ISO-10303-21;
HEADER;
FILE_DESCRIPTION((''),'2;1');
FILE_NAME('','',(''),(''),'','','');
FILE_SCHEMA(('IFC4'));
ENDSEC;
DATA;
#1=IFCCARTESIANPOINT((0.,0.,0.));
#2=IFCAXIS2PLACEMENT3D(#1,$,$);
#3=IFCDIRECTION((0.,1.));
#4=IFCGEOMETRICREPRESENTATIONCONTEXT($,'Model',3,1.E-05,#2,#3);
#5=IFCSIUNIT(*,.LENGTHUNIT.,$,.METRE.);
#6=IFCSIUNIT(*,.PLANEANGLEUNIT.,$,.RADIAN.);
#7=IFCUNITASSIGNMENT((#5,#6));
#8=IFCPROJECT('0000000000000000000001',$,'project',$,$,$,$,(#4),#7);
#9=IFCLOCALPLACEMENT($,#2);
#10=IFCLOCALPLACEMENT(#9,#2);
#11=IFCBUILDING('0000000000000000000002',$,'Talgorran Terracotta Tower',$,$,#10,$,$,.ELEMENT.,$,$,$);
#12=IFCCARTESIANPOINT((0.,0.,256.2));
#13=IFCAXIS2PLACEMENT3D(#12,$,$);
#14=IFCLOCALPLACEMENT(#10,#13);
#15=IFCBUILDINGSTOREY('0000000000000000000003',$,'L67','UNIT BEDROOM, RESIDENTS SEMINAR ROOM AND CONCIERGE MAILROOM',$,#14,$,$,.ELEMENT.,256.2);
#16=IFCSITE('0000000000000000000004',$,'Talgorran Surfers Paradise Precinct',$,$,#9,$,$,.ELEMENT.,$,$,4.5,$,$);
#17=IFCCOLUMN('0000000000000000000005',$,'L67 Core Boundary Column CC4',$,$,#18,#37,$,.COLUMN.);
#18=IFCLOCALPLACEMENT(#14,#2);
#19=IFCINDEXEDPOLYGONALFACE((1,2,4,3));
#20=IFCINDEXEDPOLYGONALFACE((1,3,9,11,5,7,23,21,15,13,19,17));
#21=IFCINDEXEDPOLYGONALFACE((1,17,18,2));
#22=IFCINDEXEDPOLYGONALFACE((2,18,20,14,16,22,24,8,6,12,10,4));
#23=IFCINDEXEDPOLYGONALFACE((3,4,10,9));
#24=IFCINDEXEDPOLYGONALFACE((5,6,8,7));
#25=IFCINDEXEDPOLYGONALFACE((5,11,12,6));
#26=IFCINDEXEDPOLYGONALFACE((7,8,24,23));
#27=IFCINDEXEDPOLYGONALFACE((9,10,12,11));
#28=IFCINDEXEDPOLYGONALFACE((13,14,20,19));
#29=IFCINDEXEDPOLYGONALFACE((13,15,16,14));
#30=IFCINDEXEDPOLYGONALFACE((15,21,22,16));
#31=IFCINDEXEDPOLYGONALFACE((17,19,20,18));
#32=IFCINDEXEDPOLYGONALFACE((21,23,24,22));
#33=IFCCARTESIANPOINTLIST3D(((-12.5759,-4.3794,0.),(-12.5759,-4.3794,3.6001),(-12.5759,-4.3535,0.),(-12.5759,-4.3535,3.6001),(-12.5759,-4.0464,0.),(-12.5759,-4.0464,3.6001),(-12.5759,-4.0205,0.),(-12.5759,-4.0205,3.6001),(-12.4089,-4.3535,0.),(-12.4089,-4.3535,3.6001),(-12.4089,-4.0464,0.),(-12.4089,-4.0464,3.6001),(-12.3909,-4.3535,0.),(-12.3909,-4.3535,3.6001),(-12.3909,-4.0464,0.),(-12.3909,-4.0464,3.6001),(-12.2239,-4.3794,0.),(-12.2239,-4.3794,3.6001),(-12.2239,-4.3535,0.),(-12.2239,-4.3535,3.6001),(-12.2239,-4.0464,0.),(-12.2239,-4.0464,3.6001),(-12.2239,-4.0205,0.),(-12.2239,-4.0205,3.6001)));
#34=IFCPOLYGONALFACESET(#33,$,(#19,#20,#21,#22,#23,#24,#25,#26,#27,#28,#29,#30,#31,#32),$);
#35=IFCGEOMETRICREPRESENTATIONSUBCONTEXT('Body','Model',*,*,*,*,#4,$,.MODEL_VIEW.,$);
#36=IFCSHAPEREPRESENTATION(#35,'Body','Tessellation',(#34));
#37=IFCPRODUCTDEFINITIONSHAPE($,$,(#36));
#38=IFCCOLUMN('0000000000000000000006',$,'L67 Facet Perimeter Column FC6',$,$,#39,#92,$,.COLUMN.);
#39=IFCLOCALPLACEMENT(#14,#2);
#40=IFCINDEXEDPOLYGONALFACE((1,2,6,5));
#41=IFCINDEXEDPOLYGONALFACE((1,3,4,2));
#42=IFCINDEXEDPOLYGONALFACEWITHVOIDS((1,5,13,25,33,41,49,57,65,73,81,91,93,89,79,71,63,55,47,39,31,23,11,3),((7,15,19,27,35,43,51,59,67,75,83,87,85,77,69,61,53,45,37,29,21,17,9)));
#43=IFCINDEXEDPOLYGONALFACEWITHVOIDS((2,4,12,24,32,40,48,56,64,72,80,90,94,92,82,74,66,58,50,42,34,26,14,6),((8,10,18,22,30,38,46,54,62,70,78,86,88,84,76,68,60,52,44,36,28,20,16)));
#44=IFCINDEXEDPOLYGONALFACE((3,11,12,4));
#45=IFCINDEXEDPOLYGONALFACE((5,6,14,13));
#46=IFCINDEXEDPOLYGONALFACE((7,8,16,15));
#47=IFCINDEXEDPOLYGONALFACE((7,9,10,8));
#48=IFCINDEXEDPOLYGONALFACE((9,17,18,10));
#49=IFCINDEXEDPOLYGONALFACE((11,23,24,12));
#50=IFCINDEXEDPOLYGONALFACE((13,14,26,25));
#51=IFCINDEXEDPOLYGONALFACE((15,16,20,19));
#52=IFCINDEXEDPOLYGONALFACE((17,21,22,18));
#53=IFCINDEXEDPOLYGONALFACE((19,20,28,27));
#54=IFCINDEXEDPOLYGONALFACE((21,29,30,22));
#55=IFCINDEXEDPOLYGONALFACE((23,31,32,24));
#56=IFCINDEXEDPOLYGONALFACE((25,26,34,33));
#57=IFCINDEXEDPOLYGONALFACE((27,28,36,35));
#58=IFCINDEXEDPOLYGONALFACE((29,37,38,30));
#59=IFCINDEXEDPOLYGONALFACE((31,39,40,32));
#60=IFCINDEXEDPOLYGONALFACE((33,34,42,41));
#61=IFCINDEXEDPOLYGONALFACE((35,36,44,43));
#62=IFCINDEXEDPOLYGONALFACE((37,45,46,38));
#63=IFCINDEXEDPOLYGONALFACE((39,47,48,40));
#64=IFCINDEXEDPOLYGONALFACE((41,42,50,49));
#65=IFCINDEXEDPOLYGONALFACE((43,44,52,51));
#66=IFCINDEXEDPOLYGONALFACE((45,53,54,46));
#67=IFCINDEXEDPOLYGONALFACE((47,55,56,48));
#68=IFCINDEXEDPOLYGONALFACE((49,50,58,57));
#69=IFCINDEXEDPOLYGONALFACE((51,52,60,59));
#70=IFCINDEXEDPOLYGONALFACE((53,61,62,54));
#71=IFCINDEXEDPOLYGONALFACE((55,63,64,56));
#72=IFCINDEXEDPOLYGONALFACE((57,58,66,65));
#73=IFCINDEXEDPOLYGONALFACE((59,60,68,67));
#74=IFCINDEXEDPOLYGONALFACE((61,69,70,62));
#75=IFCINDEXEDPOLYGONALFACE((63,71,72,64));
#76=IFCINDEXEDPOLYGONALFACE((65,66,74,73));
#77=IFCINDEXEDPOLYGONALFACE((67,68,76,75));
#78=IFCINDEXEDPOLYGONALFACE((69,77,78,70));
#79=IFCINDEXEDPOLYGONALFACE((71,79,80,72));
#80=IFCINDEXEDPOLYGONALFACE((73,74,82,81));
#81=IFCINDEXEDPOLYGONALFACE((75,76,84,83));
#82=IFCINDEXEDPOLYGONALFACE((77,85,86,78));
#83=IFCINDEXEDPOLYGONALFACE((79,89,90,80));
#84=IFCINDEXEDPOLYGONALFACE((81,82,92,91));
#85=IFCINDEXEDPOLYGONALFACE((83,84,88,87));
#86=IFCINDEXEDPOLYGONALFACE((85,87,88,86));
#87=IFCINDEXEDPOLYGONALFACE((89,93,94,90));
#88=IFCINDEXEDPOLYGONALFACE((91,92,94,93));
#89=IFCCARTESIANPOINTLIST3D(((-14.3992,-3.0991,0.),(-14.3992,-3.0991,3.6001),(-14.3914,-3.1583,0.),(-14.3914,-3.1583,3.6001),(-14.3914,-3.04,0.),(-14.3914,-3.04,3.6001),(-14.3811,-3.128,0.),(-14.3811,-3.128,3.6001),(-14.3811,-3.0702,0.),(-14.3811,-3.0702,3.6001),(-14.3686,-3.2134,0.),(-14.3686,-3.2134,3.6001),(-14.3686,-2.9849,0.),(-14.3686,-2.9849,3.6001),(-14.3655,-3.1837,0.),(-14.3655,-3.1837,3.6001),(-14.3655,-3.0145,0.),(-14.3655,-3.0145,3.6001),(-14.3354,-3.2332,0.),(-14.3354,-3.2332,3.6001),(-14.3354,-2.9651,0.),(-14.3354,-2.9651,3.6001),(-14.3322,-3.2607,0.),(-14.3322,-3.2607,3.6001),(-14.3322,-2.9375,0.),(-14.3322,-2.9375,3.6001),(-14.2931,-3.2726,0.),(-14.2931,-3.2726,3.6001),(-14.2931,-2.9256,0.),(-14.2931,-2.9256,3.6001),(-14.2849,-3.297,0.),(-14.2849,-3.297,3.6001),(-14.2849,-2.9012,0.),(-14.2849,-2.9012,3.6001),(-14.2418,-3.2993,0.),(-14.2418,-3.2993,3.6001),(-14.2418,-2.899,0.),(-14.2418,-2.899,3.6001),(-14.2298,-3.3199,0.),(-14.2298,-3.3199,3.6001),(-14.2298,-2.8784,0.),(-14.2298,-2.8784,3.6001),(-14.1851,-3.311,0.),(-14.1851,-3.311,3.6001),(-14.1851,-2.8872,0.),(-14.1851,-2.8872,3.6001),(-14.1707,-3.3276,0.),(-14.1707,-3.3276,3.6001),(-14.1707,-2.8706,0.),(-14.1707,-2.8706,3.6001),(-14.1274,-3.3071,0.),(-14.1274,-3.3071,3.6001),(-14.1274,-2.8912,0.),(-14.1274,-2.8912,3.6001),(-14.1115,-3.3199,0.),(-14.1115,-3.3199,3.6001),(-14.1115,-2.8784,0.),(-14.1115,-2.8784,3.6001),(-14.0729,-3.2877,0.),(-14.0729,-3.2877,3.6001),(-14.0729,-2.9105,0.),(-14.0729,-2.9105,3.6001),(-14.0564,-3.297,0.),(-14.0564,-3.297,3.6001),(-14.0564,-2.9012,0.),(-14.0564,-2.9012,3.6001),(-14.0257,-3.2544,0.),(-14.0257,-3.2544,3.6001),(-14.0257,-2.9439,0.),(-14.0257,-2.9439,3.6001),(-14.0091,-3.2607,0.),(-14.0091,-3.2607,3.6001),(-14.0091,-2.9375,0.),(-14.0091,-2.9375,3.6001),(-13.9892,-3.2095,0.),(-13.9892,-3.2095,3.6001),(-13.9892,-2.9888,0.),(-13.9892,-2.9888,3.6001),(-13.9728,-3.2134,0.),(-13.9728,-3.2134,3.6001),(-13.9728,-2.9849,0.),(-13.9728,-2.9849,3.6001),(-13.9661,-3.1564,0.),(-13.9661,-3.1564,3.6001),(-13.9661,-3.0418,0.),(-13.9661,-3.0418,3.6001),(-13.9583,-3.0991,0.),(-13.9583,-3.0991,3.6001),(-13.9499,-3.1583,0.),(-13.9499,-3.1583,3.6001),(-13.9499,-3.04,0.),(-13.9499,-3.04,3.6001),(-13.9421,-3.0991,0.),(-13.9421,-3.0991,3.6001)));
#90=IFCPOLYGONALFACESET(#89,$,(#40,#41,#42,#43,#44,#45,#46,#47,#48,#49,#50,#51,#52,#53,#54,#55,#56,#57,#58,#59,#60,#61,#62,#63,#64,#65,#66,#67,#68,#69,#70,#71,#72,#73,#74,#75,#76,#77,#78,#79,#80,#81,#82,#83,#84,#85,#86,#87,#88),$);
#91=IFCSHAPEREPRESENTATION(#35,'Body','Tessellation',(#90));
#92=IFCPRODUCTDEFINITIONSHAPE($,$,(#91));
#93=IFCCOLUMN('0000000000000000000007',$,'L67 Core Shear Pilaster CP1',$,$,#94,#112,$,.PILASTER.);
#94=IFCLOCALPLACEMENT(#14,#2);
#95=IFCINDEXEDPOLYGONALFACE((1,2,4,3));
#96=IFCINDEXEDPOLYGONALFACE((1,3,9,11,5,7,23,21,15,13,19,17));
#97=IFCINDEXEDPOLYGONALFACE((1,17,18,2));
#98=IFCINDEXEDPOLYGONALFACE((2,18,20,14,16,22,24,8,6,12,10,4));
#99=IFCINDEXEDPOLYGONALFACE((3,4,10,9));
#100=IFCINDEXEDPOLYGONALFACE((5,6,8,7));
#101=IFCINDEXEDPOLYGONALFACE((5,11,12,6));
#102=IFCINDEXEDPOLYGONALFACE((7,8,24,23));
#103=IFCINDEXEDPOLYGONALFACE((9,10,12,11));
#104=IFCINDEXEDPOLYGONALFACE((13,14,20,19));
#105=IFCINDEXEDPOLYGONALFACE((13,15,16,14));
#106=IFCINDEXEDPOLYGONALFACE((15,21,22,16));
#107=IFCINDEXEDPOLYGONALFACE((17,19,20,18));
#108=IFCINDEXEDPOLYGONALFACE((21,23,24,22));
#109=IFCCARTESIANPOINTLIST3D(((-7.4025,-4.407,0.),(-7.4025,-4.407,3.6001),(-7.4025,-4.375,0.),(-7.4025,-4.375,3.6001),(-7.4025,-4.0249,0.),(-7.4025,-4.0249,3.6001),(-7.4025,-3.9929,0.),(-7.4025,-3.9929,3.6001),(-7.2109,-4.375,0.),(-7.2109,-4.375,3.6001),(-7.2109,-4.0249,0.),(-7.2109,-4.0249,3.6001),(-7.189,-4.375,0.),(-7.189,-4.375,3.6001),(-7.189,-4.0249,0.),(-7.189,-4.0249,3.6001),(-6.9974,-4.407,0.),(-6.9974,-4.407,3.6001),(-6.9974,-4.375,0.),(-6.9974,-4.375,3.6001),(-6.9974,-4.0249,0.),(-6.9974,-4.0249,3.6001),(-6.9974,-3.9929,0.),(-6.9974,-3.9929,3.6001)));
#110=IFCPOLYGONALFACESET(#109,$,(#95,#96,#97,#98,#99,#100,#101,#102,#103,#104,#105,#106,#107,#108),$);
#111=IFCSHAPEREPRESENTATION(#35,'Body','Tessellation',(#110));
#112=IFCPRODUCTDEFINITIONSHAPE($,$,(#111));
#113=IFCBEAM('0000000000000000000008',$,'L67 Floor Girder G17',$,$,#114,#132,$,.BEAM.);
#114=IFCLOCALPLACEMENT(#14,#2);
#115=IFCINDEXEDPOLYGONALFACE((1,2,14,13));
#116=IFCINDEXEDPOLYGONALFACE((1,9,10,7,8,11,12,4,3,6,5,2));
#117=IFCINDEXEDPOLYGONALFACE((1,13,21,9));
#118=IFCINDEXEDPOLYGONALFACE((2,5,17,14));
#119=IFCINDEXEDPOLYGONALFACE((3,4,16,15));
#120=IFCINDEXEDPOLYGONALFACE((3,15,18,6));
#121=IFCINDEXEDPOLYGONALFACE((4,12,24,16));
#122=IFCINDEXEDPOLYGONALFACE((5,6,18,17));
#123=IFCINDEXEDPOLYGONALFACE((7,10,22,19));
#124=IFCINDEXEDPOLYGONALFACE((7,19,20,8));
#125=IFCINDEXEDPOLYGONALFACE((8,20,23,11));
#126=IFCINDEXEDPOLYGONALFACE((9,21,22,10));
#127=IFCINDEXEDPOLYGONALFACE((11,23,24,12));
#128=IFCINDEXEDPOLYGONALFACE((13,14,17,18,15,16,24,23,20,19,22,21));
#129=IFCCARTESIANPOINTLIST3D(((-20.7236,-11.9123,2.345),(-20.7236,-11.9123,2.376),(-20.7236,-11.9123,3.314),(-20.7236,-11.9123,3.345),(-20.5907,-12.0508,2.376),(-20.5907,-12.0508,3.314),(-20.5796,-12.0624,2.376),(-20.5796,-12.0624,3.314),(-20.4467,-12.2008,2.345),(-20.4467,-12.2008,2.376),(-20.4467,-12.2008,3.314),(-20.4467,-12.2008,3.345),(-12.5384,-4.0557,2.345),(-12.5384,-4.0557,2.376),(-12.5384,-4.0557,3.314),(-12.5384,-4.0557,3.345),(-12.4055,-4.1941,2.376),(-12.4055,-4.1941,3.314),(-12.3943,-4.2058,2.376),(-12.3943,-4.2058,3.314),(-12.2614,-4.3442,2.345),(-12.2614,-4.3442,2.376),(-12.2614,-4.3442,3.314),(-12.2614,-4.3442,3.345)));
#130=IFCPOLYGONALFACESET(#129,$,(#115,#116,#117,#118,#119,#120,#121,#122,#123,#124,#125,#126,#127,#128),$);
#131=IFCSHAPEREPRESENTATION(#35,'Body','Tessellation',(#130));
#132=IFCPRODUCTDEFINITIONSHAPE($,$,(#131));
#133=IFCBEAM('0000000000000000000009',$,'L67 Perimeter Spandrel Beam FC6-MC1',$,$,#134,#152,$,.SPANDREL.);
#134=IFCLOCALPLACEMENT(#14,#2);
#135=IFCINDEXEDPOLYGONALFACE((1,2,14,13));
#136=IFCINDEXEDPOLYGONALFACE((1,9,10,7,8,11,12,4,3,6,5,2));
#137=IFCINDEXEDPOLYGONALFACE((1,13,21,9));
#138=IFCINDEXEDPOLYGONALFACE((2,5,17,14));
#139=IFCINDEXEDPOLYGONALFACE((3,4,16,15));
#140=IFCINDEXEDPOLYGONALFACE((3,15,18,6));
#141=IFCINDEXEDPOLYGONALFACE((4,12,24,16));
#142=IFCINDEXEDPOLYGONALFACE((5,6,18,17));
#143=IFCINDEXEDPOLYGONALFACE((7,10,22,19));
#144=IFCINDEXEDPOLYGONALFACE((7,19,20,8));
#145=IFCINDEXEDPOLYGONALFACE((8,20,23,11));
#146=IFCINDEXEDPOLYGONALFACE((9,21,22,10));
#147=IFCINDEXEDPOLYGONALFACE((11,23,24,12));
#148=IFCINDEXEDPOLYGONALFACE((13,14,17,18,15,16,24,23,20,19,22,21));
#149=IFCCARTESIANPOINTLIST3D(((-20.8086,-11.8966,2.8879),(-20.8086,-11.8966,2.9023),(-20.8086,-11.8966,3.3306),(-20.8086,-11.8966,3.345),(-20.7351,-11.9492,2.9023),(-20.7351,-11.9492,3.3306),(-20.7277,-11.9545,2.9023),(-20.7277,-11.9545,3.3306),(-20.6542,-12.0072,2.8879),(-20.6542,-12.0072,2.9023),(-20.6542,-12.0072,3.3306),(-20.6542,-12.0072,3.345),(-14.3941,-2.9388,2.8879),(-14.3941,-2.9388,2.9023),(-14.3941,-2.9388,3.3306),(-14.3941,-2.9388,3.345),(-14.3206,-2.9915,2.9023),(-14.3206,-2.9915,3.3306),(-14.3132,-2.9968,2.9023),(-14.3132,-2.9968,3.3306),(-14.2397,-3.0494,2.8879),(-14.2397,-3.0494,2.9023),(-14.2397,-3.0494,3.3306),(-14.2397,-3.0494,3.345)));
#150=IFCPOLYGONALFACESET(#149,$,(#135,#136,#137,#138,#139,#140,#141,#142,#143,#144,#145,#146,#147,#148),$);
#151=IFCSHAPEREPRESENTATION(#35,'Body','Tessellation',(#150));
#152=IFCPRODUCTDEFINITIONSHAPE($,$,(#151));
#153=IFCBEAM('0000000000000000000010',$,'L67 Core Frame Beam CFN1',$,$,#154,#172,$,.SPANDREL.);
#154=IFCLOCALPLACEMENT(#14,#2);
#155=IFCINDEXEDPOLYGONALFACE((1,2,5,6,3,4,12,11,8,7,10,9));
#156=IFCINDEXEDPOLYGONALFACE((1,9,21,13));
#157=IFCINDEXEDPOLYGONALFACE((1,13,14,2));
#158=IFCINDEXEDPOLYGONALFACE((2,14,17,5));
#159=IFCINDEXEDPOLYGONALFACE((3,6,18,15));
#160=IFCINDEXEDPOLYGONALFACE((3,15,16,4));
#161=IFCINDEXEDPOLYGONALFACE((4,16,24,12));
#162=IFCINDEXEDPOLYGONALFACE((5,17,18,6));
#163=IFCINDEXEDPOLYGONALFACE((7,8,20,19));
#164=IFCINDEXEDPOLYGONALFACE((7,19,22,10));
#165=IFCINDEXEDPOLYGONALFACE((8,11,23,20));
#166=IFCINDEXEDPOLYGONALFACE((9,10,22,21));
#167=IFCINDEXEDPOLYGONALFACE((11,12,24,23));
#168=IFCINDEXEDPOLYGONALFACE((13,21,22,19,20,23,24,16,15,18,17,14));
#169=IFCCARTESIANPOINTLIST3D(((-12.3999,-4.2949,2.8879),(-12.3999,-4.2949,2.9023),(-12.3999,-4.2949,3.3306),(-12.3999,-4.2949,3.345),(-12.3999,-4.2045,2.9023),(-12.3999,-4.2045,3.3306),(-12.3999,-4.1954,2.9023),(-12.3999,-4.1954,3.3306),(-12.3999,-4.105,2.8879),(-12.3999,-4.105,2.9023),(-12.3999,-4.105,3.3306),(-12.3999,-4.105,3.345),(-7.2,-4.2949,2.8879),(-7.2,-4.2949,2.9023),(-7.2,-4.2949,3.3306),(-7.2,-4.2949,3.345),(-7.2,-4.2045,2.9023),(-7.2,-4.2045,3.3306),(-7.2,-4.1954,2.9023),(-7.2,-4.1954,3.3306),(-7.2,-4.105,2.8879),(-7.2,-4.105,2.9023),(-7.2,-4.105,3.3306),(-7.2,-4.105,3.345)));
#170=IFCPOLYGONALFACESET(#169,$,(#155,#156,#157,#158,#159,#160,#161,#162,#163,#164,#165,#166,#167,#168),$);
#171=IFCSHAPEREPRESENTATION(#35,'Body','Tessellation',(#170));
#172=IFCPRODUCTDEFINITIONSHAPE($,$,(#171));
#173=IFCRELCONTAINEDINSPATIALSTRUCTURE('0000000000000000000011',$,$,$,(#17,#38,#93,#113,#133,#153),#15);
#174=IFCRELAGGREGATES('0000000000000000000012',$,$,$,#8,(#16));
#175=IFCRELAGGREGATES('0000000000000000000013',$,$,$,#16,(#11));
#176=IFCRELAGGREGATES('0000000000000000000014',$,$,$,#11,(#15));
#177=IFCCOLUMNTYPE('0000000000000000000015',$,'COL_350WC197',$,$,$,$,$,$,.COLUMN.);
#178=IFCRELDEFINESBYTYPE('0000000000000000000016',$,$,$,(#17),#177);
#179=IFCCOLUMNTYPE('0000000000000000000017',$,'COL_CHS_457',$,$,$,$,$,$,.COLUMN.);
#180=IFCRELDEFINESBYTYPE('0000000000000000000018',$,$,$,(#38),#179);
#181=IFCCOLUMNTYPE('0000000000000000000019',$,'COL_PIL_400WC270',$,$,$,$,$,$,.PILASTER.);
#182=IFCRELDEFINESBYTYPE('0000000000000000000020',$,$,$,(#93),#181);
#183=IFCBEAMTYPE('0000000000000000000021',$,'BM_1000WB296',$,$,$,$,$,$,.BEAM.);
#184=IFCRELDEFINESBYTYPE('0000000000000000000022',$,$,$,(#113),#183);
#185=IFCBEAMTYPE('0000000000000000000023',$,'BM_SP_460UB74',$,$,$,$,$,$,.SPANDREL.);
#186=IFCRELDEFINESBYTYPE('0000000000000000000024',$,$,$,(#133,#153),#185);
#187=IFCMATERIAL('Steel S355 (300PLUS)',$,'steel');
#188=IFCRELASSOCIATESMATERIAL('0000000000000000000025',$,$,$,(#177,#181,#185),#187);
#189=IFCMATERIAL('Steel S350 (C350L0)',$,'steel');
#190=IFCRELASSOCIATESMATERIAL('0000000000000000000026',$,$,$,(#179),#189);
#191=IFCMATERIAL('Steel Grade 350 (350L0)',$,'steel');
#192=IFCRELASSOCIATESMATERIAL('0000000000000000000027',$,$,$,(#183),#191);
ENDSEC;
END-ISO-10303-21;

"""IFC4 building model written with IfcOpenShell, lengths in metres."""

from ifc_helpers import new_model, si_unit, direction, frame, origin, origin_2d, place, context, subcontext, project, spatial, hollow_circle, i_section, extrude, material, material_profile, profile_set, type_object, element, save


model = new_model("IFC4")

# Units and contexts
model_context = context("Model", 3, precision=1e-05, world=origin(), true_north=direction((0.0, 1.0)))
body_context = subcontext(model_context, "Body", "Model", "MODEL_VIEW")
ifc_project = project(units=[si_unit("LENGTHUNIT", "METRE"), si_unit("PLANEANGLEUNIT", "RADIAN")], contexts=[model_context])

# Site, building, storey
site_placement = place(None, origin())
site = spatial("IfcSite", under=ifc_project, at=site_placement, Name="Talgorran Surfers Paradise Precinct", CompositionType="ELEMENT", RefElevation=4.5)
building_placement = place(site_placement, origin())
building = spatial("IfcBuilding", under=site, at=building_placement, Name="Talgorran Terracotta Tower", CompositionType="ELEMENT")
storey_placement = place(building_placement, frame((0.0, 0.0, 256.2)))
storey = spatial("IfcBuildingStorey", under=building, at=storey_placement, Name="L67", Description="UNIT BEDROOM, RESIDENTS SEMINAR ROOM AND CONCIERGE MAILROOM", CompositionType="ELEMENT", Elevation=256.2)

# Columns
ifc_material_1 = material(Name="Steel S355 (300PLUS)", Category="steel")
ifc_material_profile_1 = material_profile(ifc_material_1, i_section(OverallWidth=0.3521, OverallDepth=0.3589, WebThickness=0.0181, FlangeThickness=0.0259, at=origin_2d()), Name="350WC197")
ifc_profile_set_1 = profile_set([ifc_material_profile_1], Name="Steel S355 (300PLUS)")
column_type_1 = type_object("IfcColumnType", Name="COL_350WC197", PredefinedType="COLUMN", material=ifc_profile_set_1)
column_1_placement = place(storey_placement, frame((-12.3999, -4.2, 0.0), z_axis=(0.0, 0.0, 1.0), x_axis=(1.0, 0.0, 0.0)))
element("IfcColumn", 1, at=column_1_placement, inside=storey, type_object=column_type_1, Name="L67 Core Boundary Column CC4", PredefinedType="COLUMN", context=body_context, shape_type="SweptSolid", body=[
    extrude(i_section(OverallWidth=0.3521, OverallDepth=0.3589, WebThickness=0.0181, FlangeThickness=0.0259, at=origin_2d()), origin(), (0.0, 0.0, 1.0), 3.6001),
])
ifc_material_2 = material(Name="Steel S350 (C350L0)", Category="steel")
ifc_material_profile_2 = material_profile(ifc_material_2, hollow_circle(Radius=0.2285, WallThickness=0.0161, at=origin_2d()), Name="CHS457X16")
ifc_profile_set_2 = profile_set([ifc_material_profile_2], Name="Steel S350 (C350L0)")
column_type_2 = type_object("IfcColumnType", Name="COL_CHS_457", PredefinedType="COLUMN", material=ifc_profile_set_2)
column_2_placement = place(storey_placement, frame((-14.1707, -3.0991, 0.0), z_axis=(0.0, 0.0, 1.0), x_axis=(1.0, 0.0, 0.0)))
element("IfcColumn", 2, at=column_2_placement, inside=storey, type_object=column_type_2, Name="L67 Facet Perimeter Column FC6", PredefinedType="COLUMN", context=body_context, shape_type="SweptSolid", body=[
    extrude(hollow_circle(Radius=0.2285, WallThickness=0.0161, at=origin_2d()), origin(), (0.0, 0.0, 1.0), 3.6001),
])
ifc_material_profile_3 = material_profile(ifc_material_1, i_section(OverallWidth=0.405, OverallDepth=0.4141, WebThickness=0.022, FlangeThickness=0.032, at=origin_2d()), Name="400WC270")
ifc_profile_set_3 = profile_set([ifc_material_profile_3], Name="Steel S355 (300PLUS)")
column_type_3 = type_object("IfcColumnType", Name="COL_PIL_400WC270", PredefinedType="PILASTER", material=ifc_profile_set_3)
column_3_placement = place(storey_placement, frame((-7.2, -4.2, 0.0), z_axis=(0.0, 0.0, 1.0), x_axis=(1.0, 0.0, 0.0)))
element("IfcColumn", 3, at=column_3_placement, inside=storey, type_object=column_type_3, Name="L67 Core Shear Pilaster CP1", PredefinedType="PILASTER", context=body_context, shape_type="SweptSolid", body=[
    extrude(i_section(OverallWidth=0.405, OverallDepth=0.4141, WebThickness=0.022, FlangeThickness=0.032, at=origin_2d()), origin(), (0.0, 0.0, 1.0), 3.6001),
])

# Beams
ifc_material_3 = material(Name="Steel Grade 350 (350L0)", Category="steel")
ifc_material_profile_4 = material_profile(ifc_material_3, i_section(OverallWidth=0.3999, OverallDepth=1.0, WebThickness=0.0161, FlangeThickness=0.031, at=origin_2d()), Name="1000WB296")
ifc_profile_set_4 = profile_set([ifc_material_profile_4], Name="Steel Grade 350 (350L0)")
beam_type_1 = type_object("IfcBeamType", Name="BM_1000WB296", PredefinedType="BEAM", material=ifc_profile_set_4)
beam_1_placement = place(storey_placement, frame((-12.3999, -4.2, 2.845), z_axis=(-0.72144, -0.692477, 0.0), x_axis=(0.692477, -0.72144, 0.0)))
element("IfcBeam", 4, at=beam_1_placement, inside=storey, type_object=beam_type_1, Name="L67 Floor Girder G17", PredefinedType="BEAM", context=body_context, shape_type="SweptSolid", body=[
    extrude(i_section(OverallWidth=0.3999, OverallDepth=1.0, WebThickness=0.0161, FlangeThickness=0.031, at=origin_2d()), origin(), (0.0, 0.0, 1.0), 11.3457),
])
ifc_material_profile_5 = material_profile(ifc_material_1, i_section(OverallWidth=0.1899, OverallDepth=0.457, WebThickness=0.009, FlangeThickness=0.0144, at=origin_2d()), Name="460UB74.6")
ifc_profile_set_5 = profile_set([ifc_material_profile_5], Name="Steel S355 (300PLUS)")
beam_type_2 = type_object("IfcBeamType", Name="BM_SP_460UB74", PredefinedType="SPANDREL", material=ifc_profile_set_5)
beam_2_placement = place(storey_placement, frame((-14.3169, -2.9941, 3.1165), z_axis=(-0.582208, -0.81304, 0.0), x_axis=(0.81304, -0.582208, 0.0)))
element("IfcBeam", 5, at=beam_2_placement, inside=storey, type_object=beam_type_2, Name="L67 Perimeter Spandrel Beam FC6-MC1", PredefinedType="SPANDREL", context=body_context, shape_type="SweptSolid", body=[
    extrude(i_section(OverallWidth=0.1899, OverallDepth=0.457, WebThickness=0.009, FlangeThickness=0.0144, at=origin_2d()), origin(), (0.0, 0.0, 1.0), 11.0176),
])
beam_3_placement = place(storey_placement, frame((-12.3999, -4.2, 3.1165), z_axis=(1.0, 0.0, 0.0), x_axis=(0.0, 1.0, 0.0)))
element("IfcBeam", 6, at=beam_3_placement, inside=storey, type_object=beam_type_2, Name="L67 Core Frame Beam CFN1", PredefinedType="SPANDREL", context=body_context, shape_type="SweptSolid", body=[
    extrude(i_section(OverallWidth=0.1899, OverallDepth=0.457, WebThickness=0.009, FlangeThickness=0.0144, at=origin_2d()), origin(), (0.0, 0.0, 1.0), 5.2),
])

save(model, "model.ifc")
